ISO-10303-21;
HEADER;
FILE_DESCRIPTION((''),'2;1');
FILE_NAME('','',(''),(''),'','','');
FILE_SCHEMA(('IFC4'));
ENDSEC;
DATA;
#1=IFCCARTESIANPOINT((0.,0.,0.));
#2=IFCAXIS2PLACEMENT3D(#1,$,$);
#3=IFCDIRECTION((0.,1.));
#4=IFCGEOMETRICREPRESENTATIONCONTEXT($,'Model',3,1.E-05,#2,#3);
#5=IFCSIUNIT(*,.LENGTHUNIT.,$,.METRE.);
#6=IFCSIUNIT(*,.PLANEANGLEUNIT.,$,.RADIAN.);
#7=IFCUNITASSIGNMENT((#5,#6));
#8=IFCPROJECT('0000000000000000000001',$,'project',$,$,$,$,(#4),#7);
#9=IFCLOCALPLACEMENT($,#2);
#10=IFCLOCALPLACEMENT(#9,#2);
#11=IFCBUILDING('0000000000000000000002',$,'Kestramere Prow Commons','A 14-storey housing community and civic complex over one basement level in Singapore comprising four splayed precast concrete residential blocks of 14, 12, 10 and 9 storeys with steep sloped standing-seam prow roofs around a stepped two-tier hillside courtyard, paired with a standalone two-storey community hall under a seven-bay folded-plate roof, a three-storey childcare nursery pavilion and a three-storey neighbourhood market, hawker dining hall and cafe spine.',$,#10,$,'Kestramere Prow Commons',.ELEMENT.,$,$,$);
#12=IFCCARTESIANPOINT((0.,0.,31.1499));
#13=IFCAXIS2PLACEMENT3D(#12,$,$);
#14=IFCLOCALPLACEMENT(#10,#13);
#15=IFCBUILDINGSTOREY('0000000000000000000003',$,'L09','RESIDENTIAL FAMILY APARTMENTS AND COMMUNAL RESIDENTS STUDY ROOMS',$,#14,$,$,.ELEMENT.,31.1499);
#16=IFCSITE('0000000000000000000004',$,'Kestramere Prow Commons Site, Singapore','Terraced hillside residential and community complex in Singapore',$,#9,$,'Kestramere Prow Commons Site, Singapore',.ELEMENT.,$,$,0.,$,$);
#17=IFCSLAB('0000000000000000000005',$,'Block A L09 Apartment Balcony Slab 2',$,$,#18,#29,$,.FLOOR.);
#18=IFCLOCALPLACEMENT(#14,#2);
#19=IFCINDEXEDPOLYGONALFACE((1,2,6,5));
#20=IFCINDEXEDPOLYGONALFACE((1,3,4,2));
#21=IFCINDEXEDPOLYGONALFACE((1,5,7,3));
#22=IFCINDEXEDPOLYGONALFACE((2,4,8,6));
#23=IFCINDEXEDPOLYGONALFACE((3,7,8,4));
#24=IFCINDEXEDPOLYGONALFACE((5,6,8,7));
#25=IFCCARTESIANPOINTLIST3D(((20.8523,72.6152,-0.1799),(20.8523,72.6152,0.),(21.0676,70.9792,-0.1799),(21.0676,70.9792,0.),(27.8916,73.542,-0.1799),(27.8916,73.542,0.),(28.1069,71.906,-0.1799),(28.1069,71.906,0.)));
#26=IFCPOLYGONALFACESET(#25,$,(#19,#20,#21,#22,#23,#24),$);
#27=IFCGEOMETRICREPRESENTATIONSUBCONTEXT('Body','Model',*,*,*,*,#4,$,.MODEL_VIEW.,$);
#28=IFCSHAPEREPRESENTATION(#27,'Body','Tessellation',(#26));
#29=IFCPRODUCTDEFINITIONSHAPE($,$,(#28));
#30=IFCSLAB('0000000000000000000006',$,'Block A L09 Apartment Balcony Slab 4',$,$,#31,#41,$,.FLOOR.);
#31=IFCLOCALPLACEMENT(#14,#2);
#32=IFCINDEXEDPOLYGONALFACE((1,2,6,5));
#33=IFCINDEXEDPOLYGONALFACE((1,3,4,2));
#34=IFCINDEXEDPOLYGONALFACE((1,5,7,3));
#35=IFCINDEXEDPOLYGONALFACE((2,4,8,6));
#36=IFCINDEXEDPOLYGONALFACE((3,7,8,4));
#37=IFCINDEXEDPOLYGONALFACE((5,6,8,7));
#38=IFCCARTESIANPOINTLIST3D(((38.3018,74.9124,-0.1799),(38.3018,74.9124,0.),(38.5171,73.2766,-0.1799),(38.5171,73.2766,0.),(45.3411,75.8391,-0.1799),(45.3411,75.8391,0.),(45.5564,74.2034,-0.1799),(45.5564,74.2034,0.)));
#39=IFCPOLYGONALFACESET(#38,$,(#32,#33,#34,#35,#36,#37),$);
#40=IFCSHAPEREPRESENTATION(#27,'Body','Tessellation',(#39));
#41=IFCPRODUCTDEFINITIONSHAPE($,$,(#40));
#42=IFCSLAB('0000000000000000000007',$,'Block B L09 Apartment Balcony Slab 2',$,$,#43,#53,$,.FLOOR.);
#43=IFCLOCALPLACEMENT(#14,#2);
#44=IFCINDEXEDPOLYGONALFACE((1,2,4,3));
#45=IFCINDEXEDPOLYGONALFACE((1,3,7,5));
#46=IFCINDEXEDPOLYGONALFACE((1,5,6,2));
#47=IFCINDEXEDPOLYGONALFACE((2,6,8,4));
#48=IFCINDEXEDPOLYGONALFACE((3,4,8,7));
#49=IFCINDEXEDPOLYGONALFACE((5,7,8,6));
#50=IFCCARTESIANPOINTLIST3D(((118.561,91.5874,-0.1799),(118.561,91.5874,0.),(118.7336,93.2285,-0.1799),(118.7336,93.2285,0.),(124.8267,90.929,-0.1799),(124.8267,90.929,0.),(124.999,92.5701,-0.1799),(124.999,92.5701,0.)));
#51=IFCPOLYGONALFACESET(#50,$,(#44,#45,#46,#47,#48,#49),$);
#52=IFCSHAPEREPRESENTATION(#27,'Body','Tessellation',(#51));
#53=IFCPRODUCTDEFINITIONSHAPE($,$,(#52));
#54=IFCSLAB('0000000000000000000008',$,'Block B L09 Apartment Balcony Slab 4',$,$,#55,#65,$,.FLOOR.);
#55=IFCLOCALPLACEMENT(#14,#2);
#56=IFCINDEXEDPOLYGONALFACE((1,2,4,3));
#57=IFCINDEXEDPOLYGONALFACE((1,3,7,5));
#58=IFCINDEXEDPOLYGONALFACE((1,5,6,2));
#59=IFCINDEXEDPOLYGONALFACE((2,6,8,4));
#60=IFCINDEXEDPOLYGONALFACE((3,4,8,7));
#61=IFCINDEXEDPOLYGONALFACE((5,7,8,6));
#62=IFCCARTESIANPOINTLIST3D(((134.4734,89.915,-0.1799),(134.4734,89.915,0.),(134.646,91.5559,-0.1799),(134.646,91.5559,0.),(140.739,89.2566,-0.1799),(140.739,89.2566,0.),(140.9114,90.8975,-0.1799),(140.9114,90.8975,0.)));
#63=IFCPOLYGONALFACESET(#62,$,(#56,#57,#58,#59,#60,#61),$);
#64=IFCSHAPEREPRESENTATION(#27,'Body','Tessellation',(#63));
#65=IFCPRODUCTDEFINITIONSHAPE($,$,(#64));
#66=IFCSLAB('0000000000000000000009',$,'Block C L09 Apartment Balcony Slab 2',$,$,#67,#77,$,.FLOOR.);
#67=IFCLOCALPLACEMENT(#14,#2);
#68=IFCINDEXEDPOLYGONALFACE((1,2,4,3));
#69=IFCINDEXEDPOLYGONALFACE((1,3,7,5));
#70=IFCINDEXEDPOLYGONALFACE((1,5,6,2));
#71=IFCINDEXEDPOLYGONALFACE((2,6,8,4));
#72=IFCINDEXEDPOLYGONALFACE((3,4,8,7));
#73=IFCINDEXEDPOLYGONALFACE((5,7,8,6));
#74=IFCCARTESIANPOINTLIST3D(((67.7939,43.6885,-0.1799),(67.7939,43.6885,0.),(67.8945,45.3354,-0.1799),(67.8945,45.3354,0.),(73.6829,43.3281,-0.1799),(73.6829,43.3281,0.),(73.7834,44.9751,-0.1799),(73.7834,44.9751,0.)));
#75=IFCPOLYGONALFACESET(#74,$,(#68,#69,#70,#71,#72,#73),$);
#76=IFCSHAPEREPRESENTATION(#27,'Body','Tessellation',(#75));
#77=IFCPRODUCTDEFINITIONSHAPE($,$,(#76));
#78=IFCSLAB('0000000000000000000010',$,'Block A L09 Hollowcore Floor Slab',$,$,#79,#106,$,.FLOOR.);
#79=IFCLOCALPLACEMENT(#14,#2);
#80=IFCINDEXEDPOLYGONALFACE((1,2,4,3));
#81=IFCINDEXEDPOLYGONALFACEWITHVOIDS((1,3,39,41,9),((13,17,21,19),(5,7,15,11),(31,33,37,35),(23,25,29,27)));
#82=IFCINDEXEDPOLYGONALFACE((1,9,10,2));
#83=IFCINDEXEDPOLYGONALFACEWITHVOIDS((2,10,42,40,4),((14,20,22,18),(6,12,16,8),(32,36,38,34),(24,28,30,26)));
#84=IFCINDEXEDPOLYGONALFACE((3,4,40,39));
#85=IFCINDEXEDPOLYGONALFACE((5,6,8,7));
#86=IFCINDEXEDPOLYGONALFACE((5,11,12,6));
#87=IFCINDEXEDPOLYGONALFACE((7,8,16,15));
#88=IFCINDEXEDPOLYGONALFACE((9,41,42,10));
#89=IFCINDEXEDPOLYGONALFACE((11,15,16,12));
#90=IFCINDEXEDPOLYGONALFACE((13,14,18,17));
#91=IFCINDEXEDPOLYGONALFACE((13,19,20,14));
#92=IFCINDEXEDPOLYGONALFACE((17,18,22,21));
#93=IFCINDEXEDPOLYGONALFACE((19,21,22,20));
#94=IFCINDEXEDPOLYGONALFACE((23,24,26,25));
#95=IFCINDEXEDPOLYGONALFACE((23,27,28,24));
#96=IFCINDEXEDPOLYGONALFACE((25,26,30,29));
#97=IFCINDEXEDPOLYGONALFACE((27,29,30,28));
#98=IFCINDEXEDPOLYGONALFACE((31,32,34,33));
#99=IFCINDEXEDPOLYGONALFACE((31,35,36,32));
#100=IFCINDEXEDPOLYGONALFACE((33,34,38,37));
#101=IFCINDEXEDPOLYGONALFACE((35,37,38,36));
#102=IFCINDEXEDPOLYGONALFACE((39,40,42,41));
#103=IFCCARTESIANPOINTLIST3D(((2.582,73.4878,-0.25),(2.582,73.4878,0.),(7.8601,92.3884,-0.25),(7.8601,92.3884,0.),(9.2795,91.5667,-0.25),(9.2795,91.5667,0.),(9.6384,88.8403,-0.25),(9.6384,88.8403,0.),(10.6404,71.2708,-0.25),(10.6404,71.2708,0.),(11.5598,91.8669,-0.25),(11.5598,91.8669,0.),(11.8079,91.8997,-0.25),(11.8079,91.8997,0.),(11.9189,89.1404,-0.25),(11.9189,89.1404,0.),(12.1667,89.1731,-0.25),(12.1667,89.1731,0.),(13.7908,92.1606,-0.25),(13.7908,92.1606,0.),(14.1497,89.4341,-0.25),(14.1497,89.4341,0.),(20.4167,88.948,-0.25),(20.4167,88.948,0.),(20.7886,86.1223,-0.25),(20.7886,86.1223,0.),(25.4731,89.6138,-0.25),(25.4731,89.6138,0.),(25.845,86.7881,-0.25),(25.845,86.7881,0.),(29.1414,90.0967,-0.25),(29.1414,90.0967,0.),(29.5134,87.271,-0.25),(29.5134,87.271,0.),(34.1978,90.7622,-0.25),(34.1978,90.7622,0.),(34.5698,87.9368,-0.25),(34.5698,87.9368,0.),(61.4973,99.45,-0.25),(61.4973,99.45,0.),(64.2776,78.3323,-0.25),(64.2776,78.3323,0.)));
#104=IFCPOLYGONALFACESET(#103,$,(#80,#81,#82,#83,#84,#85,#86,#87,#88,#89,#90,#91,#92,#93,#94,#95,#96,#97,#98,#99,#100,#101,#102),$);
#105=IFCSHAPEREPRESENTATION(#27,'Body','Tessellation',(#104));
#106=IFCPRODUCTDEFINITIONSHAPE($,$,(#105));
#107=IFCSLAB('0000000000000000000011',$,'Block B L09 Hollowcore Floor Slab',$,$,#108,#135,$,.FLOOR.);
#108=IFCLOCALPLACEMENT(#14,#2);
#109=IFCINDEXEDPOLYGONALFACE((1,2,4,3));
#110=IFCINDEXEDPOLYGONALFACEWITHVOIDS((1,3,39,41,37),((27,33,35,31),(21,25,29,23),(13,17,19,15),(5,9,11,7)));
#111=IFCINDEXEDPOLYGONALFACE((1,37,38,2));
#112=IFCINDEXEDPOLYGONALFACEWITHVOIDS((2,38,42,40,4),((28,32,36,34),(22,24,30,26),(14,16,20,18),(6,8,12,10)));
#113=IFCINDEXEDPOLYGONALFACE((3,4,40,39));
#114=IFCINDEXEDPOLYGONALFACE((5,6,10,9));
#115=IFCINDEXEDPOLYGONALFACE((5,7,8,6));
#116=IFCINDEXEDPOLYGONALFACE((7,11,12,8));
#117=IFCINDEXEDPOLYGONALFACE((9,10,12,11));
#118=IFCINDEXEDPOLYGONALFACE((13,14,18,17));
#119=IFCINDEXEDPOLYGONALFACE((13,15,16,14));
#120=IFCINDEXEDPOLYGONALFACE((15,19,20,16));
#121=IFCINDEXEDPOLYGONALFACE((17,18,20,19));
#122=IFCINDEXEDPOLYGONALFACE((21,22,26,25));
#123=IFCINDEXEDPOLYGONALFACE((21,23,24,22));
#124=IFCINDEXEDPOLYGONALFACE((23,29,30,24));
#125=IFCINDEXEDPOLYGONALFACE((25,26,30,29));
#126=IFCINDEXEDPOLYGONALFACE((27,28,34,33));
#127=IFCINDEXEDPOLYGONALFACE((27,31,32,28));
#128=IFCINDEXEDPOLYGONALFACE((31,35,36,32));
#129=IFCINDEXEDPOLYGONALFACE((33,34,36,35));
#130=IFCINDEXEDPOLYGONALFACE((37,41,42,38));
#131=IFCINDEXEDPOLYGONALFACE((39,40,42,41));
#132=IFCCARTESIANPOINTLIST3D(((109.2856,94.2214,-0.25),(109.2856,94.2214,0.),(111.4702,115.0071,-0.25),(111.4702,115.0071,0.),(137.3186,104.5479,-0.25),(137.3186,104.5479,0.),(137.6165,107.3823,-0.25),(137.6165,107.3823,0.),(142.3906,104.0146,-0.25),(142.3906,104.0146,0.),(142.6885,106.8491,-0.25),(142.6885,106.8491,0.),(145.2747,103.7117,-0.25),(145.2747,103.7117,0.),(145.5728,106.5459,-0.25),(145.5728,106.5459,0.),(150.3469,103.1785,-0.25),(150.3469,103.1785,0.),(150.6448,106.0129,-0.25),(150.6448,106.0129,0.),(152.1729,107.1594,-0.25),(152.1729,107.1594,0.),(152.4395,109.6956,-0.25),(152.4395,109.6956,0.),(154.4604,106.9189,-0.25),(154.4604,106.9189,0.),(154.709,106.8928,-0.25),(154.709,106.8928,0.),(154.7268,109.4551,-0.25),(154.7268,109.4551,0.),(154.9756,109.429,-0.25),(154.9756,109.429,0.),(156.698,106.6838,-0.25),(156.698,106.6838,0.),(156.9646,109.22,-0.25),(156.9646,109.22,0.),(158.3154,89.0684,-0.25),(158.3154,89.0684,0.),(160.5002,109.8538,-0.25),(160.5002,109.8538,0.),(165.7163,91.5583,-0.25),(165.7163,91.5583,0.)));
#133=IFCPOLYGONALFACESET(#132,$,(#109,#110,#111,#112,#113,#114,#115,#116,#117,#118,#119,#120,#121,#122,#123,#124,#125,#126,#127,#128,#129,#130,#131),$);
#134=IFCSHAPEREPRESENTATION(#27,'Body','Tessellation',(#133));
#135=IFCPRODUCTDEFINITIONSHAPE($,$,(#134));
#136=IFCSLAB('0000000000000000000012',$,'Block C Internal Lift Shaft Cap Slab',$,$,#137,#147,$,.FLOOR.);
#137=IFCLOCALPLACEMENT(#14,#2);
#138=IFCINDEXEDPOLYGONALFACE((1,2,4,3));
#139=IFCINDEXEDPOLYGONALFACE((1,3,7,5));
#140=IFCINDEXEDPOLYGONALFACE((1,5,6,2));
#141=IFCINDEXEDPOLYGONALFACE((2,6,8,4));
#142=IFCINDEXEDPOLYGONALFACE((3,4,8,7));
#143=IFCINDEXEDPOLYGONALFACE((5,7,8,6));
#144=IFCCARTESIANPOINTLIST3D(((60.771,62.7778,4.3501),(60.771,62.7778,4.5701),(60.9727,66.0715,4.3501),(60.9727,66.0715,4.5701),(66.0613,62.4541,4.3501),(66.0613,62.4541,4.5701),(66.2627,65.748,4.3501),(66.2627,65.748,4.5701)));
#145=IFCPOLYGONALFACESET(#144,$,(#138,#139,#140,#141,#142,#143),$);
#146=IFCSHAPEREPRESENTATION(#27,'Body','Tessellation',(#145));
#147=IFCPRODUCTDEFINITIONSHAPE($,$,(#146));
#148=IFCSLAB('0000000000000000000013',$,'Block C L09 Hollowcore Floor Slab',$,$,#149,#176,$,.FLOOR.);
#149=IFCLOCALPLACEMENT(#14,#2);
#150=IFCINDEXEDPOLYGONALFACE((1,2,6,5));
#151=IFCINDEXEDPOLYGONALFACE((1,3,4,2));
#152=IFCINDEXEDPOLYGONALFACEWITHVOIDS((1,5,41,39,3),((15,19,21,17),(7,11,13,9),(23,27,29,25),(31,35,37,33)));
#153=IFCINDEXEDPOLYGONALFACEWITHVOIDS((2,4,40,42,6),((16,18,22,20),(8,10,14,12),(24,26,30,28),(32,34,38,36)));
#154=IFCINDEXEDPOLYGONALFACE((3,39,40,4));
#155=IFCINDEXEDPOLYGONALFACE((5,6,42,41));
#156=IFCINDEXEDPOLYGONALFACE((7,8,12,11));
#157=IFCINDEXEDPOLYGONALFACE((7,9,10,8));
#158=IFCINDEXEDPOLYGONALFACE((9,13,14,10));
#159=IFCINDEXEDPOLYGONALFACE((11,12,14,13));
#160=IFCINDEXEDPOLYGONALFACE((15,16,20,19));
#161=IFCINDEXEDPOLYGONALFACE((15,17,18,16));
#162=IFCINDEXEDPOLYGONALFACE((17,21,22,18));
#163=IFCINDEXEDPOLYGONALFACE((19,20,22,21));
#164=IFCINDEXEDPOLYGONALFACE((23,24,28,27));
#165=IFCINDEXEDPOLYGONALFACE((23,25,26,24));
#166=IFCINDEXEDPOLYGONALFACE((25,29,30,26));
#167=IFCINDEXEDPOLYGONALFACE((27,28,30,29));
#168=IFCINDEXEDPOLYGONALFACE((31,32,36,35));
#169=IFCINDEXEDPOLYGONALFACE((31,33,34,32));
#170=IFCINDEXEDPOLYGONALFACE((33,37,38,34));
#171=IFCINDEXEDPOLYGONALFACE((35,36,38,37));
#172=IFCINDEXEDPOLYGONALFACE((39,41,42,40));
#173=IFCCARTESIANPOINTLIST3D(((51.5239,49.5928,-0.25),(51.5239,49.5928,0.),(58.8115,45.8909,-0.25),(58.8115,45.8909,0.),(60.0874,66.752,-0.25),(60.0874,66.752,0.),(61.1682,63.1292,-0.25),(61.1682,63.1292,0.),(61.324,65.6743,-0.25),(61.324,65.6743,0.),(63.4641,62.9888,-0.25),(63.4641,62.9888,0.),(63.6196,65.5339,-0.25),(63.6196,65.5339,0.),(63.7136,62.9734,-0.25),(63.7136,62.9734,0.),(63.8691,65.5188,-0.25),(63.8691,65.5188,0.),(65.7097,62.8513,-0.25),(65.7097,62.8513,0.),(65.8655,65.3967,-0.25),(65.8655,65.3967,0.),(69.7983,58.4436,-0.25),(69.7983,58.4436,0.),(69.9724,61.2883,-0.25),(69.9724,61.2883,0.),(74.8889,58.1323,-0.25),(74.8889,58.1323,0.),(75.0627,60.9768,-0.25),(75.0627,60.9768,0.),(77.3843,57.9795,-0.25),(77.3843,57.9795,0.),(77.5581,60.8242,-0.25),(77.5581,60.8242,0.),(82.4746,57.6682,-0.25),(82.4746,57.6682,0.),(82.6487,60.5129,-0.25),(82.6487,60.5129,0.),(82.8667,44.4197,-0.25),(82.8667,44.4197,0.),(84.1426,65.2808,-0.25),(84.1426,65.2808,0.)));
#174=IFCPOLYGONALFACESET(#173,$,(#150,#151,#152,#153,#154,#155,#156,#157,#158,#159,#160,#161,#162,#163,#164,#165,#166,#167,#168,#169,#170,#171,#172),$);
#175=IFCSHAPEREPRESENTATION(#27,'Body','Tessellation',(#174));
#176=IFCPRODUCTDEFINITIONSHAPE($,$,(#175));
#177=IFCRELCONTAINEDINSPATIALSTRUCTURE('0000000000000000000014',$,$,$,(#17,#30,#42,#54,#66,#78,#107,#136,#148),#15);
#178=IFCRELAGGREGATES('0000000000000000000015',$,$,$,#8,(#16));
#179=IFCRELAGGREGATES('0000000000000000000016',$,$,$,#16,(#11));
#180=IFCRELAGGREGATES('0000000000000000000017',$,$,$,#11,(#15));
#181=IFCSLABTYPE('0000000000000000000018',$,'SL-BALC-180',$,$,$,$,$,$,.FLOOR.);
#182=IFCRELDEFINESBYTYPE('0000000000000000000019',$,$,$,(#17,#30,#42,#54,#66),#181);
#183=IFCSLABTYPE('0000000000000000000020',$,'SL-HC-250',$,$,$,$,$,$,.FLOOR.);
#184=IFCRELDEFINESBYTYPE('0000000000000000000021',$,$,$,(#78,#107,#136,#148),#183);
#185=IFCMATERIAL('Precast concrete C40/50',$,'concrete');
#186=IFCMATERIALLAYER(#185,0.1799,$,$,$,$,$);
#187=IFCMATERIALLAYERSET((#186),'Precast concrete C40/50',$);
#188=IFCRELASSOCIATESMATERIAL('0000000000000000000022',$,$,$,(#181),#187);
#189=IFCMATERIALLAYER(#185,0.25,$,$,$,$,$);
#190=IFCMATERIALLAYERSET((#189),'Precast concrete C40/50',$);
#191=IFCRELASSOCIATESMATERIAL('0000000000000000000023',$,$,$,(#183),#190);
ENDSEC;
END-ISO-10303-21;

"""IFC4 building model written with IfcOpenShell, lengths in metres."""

from ifc_helpers import new_model, si_unit, direction, frame, origin, place, context, subcontext, project, spatial, polyline, outline, extrude, material, layer, layer_set, type_object, element, save


model = new_model("IFC4")

# Units and contexts
model_context = context("Model", 3, precision=1e-05, world=origin(), true_north=direction((0.0, 1.0)))
body_context = subcontext(model_context, "Body", "Model", "MODEL_VIEW")
ifc_project = project(units=[si_unit("LENGTHUNIT", "METRE"), si_unit("PLANEANGLEUNIT", "RADIAN")], contexts=[model_context])

# Site, building, storey
site_placement = place(None, origin())
site = spatial("IfcSite", under=ifc_project, at=site_placement, Name="Kestramere Prow Commons Site, Singapore", Description="Terraced hillside residential and community complex in Singapore", LongName="Kestramere Prow Commons Site, Singapore", CompositionType="ELEMENT", RefElevation=0.0)
building_placement = place(site_placement, origin())
building = spatial("IfcBuilding", under=site, at=building_placement, Name="Kestramere Prow Commons", Description="A 14-storey housing community and civic complex over one basement level in Singapore comprising four splayed precast concrete residential blocks of 14, 12, 10 and 9 storeys with steep sloped standing-seam prow roofs around a stepped two-tier hillside courtyard, paired with a standalone two-storey community hall under a seven-bay folded-plate roof, a three-storey childcare nursery pavilion and a three-storey neighbourhood market, hawker dining hall and cafe spine.", LongName="Kestramere Prow Commons", CompositionType="ELEMENT")
storey_placement = place(building_placement, frame((0.0, 0.0, 31.1499)))
storey = spatial("IfcBuildingStorey", under=building, at=storey_placement, Name="L09", Description="RESIDENTIAL FAMILY APARTMENTS AND COMMUNAL RESIDENTS STUDY ROOMS", CompositionType="ELEMENT", Elevation=31.1499)

# Slabs
ifc_material_1 = material(Name="Precast concrete C40/50", Category="concrete")
ifc_layer_1 = layer(ifc_material_1, 0.1799)
ifc_layer_set_1 = layer_set([ifc_layer_1], Name="Precast concrete C40/50")
slab_type_1 = type_object("IfcSlabType", Name="SL-BALC-180", PredefinedType="FLOOR", material=ifc_layer_set_1)
slab_1_placement = place(storey_placement, frame((0.0, 0.0, -0.1799)))
element("IfcSlab", 1, at=slab_1_placement, inside=storey, type_object=slab_type_1, Name="Block A L09 Apartment Balcony Slab 2", PredefinedType="FLOOR", context=body_context, shape_type="SweptSolid", body=[
    extrude(outline(polyline([(21.0676, 70.9792), (28.1069, 71.906), (27.8916, 73.542), (20.8523, 72.6152), (21.0676, 70.9792)])), origin(), (0.0, 0.0, 1.0), 0.1799),
])
slab_2_placement = place(storey_placement, frame((0.0, 0.0, -0.1799)))
element("IfcSlab", 2, at=slab_2_placement, inside=storey, type_object=slab_type_1, Name="Block A L09 Apartment Balcony Slab 4", PredefinedType="FLOOR", context=body_context, shape_type="SweptSolid", body=[
    extrude(outline(polyline([(38.5171, 73.2766), (45.5564, 74.2034), (45.3411, 75.8391), (38.3018, 74.9124), (38.5171, 73.2766)])), origin(), (0.0, 0.0, 1.0), 0.1799),
])
slab_3_placement = place(storey_placement, frame((0.0, 0.0, -0.1799)))
element("IfcSlab", 3, at=slab_3_placement, inside=storey, type_object=slab_type_1, Name="Block B L09 Apartment Balcony Slab 2", PredefinedType="FLOOR", context=body_context, shape_type="SweptSolid", body=[
    extrude(outline(polyline([(118.561, 91.5874), (124.8267, 90.929), (124.999, 92.5701), (118.7336, 93.2285), (118.561, 91.5874)])), origin(), (0.0, 0.0, 1.0), 0.1799),
])
slab_4_placement = place(storey_placement, frame((0.0, 0.0, -0.1799)))
element("IfcSlab", 4, at=slab_4_placement, inside=storey, type_object=slab_type_1, Name="Block B L09 Apartment Balcony Slab 4", PredefinedType="FLOOR", context=body_context, shape_type="SweptSolid", body=[
    extrude(outline(polyline([(134.4734, 89.915), (140.739, 89.2566), (140.9114, 90.8975), (134.646, 91.5559), (134.4734, 89.915)])), origin(), (0.0, 0.0, 1.0), 0.1799),
])
slab_5_placement = place(storey_placement, frame((0.0, 0.0, -0.1799)))
element("IfcSlab", 5, at=slab_5_placement, inside=storey, type_object=slab_type_1, Name="Block C L09 Apartment Balcony Slab 2", PredefinedType="FLOOR", context=body_context, shape_type="SweptSolid", body=[
    extrude(outline(polyline([(67.7939, 43.6885), (73.6829, 43.3281), (73.7834, 44.9751), (67.8945, 45.3354), (67.7939, 43.6885)])), origin(), (0.0, 0.0, 1.0), 0.1799),
])
ifc_layer_2 = layer(ifc_material_1, 0.25)
ifc_layer_set_2 = layer_set([ifc_layer_2], Name="Precast concrete C40/50")
slab_type_2 = type_object("IfcSlabType", Name="SL-HC-250", PredefinedType="FLOOR", material=ifc_layer_set_2)
slab_6_placement = place(storey_placement, frame((0.0, 0.0, -0.25)))
element("IfcSlab", 6, at=slab_6_placement, inside=storey, type_object=slab_type_2, Name="Block A L09 Hollowcore Floor Slab", PredefinedType="FLOOR", context=body_context, shape_type="SweptSolid", body=[
    extrude(outline(polyline([(2.582, 73.4878), (10.6404, 71.2708), (64.2776, 78.3323), (61.4973, 99.45), (7.8601, 92.3884), (2.582, 73.4878)]), holes=[polyline([(9.6384, 88.8403), (11.9189, 89.1404), (11.5598, 91.8669), (9.2795, 91.5667), (9.6384, 88.8403)]), polyline([(12.1667, 89.1731), (14.1497, 89.4341), (13.7908, 92.1606), (11.8079, 91.8997), (12.1667, 89.1731)]), polyline([(20.7886, 86.1223), (25.845, 86.7881), (25.4731, 89.6138), (20.4167, 88.948), (20.7886, 86.1223)]), polyline([(29.5134, 87.271), (34.5698, 87.9368), (34.1978, 90.7622), (29.1414, 90.0967), (29.5134, 87.271)])]), origin(), (0.0, 0.0, 1.0), 0.25),
])
slab_7_placement = place(storey_placement, frame((0.0, 0.0, -0.25)))
element("IfcSlab", 7, at=slab_7_placement, inside=storey, type_object=slab_type_2, Name="Block B L09 Hollowcore Floor Slab", PredefinedType="FLOOR", context=body_context, shape_type="SweptSolid", body=[
    extrude(outline(polyline([(109.2856, 94.2214), (158.3154, 89.0684), (165.7163, 91.5583), (160.5002, 109.8538), (111.4702, 115.0071), (109.2856, 94.2214)]), holes=[polyline([(152.1729, 107.1594), (154.4604, 106.9189), (154.7268, 109.4551), (152.4395, 109.6956), (152.1729, 107.1594)]), polyline([(154.709, 106.8928), (156.698, 106.6838), (156.9646, 109.22), (154.9756, 109.429), (154.709, 106.8928)]), polyline([(137.3186, 104.5479), (142.3906, 104.0146), (142.6885, 106.8491), (137.6165, 107.3823), (137.3186, 104.5479)]), polyline([(145.2747, 103.7117), (150.3469, 103.1785), (150.6448, 106.0129), (145.5728, 106.5459), (145.2747, 103.7117)])]), origin(), (0.0, 0.0, 1.0), 0.25),
])
slab_8_placement = place(storey_placement, frame((0.0, 0.0, 4.3501)))
element("IfcSlab", 8, at=slab_8_placement, inside=storey, type_object=slab_type_2, Name="Block C Internal Lift Shaft Cap Slab", PredefinedType="FLOOR", context=body_context, shape_type="SweptSolid", body=[
    extrude(outline(polyline([(60.771, 62.7778), (66.0613, 62.4541), (66.2627, 65.748), (60.9727, 66.0715), (60.771, 62.7778)])), origin(), (0.0, 0.0, 1.0), 0.22),
])
slab_9_placement = place(storey_placement, frame((0.0, 0.0, -0.25)))
element("IfcSlab", 9, at=slab_9_placement, inside=storey, type_object=slab_type_2, Name="Block C L09 Hollowcore Floor Slab", PredefinedType="FLOOR", context=body_context, shape_type="SweptSolid", body=[
    extrude(outline(polyline([(51.5239, 49.5928), (58.8115, 45.8909), (82.8667, 44.4197), (84.1426, 65.2808), (60.0874, 66.752), (51.5239, 49.5928)]), holes=[polyline([(61.1682, 63.1292), (63.4641, 62.9888), (63.6196, 65.5339), (61.324, 65.6743), (61.1682, 63.1292)]), polyline([(63.7136, 62.9734), (65.7097, 62.8513), (65.8655, 65.3967), (63.8691, 65.5188), (63.7136, 62.9734)]), polyline([(69.7983, 58.4436), (74.8889, 58.1323), (75.0627, 60.9768), (69.9724, 61.2883), (69.7983, 58.4436)]), polyline([(77.3843, 57.9795), (82.4746, 57.6682), (82.6487, 60.5129), (77.5581, 60.8242), (77.3843, 57.9795)])]), origin(), (0.0, 0.0, 1.0), 0.25),
])

save(model, "model.ifc")
